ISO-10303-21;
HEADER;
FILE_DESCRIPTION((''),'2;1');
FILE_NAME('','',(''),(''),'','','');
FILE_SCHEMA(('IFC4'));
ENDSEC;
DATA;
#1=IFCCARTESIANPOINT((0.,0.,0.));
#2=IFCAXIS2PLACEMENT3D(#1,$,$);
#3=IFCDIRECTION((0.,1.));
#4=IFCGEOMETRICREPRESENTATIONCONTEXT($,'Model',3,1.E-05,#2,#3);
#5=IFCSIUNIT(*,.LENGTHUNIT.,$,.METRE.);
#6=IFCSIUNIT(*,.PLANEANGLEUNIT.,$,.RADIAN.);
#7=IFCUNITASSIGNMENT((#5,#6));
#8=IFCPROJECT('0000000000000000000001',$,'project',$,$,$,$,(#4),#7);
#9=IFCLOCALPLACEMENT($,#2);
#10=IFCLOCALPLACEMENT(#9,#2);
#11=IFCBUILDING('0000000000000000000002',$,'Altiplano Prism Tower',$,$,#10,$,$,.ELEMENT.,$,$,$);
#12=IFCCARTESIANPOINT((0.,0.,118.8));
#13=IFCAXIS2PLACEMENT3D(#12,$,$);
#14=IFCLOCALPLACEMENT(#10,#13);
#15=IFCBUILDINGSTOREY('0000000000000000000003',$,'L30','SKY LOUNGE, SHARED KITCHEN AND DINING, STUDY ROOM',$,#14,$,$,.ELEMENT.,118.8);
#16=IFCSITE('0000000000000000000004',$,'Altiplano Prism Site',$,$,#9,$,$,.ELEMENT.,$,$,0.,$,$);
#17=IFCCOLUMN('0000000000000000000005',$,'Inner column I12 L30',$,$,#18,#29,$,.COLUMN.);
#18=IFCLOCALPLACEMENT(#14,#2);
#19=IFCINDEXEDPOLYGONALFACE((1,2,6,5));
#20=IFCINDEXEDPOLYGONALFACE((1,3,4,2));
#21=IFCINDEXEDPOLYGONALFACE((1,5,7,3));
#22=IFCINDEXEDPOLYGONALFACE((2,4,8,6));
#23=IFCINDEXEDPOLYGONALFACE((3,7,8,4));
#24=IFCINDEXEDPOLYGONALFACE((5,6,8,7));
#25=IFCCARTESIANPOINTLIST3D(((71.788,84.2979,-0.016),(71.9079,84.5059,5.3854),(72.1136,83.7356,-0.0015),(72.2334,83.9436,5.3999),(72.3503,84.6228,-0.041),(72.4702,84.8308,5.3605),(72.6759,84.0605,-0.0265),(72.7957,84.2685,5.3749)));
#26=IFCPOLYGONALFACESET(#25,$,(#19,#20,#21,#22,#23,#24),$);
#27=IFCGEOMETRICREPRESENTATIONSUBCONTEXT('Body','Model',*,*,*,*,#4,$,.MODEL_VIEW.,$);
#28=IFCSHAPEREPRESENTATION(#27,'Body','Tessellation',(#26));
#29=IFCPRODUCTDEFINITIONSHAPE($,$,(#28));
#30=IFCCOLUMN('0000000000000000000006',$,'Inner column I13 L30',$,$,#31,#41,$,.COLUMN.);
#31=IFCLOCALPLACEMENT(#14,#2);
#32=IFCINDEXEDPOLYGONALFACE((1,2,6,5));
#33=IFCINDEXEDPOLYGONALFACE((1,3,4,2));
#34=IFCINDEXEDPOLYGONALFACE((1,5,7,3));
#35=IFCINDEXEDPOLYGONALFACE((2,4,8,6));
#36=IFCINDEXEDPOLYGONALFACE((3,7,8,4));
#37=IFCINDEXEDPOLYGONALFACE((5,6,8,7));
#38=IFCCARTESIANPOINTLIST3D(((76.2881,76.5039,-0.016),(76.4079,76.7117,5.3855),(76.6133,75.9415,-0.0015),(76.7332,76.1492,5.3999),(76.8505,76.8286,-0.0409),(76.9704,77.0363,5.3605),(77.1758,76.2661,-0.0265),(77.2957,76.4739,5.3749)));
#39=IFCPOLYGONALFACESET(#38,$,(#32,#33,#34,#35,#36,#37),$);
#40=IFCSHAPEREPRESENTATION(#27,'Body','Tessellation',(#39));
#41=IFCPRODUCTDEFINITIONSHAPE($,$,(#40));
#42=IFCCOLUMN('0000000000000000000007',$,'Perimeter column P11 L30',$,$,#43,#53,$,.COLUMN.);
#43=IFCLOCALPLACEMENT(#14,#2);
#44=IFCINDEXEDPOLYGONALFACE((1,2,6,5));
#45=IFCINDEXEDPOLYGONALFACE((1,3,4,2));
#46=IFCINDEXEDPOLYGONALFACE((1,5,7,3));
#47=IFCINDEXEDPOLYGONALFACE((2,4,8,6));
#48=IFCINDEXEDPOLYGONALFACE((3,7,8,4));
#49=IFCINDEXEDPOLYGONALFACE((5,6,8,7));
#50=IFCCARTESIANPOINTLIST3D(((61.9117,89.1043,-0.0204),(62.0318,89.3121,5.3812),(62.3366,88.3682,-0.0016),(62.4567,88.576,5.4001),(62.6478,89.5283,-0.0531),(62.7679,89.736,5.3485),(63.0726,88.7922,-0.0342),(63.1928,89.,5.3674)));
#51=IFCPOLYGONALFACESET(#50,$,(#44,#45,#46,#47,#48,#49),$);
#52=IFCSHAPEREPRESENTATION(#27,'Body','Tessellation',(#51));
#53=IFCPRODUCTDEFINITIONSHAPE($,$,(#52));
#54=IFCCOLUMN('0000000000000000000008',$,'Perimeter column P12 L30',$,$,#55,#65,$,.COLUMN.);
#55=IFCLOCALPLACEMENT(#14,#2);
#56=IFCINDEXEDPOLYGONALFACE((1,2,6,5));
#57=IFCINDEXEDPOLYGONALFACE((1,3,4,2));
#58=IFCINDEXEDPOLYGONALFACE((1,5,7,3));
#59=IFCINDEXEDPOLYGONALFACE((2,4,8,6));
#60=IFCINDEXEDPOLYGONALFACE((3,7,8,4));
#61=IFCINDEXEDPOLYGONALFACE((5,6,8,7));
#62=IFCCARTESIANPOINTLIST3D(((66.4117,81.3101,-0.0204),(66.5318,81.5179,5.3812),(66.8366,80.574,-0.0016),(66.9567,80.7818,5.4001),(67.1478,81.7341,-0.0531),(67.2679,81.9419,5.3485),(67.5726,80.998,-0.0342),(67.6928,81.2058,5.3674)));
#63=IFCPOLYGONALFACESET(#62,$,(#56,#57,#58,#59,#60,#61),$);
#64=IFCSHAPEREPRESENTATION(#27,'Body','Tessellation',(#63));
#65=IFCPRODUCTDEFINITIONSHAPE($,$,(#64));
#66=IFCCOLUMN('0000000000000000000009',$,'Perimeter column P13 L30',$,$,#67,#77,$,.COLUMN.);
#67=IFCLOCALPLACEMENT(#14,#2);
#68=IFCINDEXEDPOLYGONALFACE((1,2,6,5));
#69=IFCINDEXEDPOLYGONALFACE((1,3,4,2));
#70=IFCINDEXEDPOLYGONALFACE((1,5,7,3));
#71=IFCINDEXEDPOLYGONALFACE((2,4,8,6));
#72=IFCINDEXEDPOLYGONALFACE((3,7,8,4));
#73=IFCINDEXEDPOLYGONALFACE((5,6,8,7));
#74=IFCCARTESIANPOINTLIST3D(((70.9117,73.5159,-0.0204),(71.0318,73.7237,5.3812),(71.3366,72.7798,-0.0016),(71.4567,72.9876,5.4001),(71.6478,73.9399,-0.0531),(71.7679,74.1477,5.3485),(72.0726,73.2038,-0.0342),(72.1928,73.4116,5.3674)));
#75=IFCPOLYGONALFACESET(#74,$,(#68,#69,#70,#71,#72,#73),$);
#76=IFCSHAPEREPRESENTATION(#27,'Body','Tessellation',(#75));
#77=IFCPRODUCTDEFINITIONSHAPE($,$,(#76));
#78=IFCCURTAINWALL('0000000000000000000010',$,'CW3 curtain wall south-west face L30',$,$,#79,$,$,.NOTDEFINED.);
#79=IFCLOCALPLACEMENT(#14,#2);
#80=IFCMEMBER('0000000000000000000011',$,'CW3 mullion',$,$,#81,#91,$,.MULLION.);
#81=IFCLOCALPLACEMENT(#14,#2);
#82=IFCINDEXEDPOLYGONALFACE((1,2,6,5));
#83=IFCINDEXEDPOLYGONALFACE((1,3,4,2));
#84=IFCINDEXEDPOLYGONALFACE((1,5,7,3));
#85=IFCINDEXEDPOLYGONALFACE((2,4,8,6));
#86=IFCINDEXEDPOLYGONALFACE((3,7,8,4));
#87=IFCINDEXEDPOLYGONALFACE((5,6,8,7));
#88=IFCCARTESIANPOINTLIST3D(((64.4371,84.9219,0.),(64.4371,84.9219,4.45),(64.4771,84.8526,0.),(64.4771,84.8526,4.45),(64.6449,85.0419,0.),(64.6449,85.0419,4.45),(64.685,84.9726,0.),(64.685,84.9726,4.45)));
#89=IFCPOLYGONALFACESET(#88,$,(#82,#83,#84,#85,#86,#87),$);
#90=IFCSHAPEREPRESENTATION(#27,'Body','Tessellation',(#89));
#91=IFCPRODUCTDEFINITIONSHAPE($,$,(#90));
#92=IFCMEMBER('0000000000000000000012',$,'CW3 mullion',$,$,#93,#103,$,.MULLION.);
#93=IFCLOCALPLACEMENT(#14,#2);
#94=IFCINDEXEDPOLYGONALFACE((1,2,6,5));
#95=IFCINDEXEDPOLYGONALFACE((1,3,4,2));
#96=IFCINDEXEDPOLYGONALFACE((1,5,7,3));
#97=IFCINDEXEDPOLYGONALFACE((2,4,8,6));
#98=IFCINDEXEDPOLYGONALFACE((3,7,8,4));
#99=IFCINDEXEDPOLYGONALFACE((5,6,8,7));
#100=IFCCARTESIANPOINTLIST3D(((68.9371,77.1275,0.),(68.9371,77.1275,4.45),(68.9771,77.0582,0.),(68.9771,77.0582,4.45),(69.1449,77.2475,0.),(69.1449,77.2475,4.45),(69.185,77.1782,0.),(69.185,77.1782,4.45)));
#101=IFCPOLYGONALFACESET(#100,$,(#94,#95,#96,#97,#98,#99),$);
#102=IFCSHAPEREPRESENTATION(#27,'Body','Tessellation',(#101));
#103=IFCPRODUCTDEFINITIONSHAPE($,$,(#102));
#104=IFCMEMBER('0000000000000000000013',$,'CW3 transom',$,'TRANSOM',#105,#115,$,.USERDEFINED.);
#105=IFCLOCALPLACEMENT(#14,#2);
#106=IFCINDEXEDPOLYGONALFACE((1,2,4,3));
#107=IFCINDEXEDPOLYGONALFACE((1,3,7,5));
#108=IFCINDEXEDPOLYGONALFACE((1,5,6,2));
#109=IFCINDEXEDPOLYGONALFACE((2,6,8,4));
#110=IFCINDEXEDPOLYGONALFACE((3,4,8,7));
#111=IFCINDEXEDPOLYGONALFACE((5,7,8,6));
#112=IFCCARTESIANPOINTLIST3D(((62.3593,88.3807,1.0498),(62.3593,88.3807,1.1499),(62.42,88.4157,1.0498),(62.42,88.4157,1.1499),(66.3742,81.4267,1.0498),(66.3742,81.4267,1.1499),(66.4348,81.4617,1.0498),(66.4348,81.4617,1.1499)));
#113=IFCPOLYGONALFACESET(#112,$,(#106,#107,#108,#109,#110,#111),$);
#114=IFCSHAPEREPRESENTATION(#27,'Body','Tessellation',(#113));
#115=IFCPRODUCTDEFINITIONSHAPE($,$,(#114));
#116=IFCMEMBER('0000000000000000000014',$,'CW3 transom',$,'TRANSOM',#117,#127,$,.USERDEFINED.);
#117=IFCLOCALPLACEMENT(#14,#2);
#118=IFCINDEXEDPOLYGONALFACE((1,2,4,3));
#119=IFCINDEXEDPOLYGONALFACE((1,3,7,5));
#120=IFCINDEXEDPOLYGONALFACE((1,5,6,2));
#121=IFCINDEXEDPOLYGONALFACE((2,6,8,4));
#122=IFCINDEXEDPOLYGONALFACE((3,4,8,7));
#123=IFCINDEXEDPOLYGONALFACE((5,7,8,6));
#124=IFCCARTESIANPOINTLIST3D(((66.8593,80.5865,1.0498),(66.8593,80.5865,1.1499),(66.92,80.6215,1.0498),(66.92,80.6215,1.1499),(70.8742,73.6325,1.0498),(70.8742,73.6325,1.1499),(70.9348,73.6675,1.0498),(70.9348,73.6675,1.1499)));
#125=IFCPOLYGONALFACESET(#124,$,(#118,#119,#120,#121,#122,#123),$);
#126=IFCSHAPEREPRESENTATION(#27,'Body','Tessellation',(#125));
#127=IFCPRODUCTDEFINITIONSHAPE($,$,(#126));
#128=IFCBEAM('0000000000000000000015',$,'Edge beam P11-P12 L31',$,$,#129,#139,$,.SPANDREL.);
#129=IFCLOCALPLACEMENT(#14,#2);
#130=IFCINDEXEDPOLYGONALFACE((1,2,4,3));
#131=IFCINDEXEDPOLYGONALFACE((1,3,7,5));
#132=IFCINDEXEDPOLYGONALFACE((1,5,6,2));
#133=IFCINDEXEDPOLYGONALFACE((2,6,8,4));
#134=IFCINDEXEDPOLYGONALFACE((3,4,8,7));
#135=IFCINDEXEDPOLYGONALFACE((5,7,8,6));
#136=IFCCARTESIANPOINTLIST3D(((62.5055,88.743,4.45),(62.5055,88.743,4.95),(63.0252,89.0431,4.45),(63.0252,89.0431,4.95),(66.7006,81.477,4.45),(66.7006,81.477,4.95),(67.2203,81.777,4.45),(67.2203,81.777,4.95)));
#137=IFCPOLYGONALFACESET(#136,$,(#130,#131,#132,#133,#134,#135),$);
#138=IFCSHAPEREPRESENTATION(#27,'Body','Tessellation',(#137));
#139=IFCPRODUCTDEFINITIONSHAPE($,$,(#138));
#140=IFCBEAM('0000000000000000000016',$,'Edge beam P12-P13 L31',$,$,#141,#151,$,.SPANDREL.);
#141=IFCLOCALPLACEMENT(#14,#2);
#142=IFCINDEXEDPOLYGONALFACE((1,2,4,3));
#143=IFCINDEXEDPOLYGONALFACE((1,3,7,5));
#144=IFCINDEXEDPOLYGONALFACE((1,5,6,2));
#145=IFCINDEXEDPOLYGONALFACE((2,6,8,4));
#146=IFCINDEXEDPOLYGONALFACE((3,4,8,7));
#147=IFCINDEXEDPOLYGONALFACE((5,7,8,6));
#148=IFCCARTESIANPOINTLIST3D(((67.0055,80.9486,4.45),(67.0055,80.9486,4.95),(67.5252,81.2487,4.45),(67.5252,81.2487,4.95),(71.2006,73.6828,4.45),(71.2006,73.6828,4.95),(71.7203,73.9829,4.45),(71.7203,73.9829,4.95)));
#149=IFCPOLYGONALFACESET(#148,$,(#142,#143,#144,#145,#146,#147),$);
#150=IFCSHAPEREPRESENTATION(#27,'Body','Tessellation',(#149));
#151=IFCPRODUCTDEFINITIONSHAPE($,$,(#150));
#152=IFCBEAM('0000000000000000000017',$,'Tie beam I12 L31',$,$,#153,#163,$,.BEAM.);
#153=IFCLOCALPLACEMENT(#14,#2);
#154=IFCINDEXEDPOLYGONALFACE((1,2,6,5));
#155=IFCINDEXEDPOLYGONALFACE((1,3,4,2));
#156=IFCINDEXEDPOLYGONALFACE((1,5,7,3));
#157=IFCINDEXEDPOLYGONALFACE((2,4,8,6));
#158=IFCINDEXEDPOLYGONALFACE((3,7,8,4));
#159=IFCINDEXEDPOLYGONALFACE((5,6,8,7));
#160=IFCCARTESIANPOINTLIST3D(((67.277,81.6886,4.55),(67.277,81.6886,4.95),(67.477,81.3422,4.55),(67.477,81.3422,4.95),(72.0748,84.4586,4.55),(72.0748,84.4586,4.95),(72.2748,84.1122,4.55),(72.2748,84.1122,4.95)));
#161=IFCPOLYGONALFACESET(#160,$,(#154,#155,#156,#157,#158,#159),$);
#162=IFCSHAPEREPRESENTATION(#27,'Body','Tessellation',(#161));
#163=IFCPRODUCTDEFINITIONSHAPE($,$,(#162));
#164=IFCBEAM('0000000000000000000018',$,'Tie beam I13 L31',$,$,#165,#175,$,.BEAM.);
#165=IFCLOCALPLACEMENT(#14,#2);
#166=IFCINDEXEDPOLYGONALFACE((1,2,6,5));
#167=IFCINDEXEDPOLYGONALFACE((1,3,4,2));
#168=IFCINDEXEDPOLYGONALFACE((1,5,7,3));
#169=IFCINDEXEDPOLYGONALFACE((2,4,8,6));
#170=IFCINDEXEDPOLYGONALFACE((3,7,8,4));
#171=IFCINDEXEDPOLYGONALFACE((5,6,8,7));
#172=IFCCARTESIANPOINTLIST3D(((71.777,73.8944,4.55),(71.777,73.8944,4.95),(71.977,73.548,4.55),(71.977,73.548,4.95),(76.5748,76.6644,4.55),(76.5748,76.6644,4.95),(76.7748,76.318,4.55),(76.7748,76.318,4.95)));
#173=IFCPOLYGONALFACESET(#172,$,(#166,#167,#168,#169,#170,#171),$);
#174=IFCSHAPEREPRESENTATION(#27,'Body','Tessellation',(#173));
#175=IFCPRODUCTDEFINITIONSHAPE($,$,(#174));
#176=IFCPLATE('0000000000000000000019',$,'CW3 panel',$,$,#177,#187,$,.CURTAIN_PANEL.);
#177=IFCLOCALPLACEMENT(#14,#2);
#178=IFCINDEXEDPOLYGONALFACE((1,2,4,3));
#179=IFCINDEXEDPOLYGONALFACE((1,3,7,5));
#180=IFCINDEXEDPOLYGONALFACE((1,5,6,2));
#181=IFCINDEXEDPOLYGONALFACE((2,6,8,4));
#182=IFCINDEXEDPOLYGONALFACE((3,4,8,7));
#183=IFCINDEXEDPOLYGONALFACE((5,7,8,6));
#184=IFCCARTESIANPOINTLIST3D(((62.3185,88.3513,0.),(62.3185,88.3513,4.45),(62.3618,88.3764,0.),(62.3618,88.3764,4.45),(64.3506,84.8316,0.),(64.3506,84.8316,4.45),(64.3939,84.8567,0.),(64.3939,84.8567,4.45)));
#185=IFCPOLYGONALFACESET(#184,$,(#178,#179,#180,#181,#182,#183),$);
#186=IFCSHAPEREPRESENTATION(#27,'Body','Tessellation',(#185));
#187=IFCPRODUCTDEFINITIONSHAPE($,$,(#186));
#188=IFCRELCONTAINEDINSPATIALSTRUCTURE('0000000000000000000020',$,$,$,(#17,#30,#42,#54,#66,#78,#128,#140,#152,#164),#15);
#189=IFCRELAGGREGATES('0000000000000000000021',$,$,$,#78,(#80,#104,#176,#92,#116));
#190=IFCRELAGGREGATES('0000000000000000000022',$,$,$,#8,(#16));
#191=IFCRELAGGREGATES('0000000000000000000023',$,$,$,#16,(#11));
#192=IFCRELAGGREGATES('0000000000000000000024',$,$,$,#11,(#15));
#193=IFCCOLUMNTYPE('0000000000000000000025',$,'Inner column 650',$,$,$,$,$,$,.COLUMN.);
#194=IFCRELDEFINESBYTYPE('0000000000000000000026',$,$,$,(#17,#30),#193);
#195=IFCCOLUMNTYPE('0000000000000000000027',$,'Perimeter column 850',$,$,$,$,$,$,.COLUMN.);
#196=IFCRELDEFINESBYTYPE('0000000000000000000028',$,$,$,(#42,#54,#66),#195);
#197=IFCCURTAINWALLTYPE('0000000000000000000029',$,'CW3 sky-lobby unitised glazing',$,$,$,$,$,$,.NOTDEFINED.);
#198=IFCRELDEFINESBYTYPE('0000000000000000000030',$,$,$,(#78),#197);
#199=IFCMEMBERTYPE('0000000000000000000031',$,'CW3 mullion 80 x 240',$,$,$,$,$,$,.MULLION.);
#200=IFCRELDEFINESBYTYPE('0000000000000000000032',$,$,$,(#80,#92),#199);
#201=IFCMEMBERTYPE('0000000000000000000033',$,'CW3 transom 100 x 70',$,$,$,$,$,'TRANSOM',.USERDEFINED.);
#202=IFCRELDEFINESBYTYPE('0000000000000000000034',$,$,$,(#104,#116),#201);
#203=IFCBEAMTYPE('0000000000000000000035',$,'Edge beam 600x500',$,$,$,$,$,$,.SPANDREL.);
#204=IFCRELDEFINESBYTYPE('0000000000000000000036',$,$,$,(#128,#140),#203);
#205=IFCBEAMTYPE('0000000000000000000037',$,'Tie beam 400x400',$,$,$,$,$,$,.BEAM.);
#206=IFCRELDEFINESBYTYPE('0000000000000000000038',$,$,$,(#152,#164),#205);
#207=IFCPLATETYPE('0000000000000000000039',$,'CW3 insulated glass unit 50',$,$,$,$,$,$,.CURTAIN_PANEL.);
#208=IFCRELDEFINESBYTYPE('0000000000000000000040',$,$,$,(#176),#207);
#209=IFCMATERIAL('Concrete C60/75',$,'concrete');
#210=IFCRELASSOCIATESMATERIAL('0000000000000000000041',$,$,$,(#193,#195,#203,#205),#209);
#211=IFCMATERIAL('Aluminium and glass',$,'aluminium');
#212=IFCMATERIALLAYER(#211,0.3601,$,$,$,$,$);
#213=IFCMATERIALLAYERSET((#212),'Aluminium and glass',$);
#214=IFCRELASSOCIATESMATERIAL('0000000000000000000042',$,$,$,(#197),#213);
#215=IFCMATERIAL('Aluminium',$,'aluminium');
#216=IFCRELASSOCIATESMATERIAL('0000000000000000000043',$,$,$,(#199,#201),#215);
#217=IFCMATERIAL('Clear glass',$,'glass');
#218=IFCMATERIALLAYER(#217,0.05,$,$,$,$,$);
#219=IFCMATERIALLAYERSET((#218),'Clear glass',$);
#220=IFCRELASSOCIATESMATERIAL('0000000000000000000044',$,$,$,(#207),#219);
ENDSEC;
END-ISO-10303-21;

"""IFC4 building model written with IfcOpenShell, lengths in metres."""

from ifc_helpers import new_model, si_unit, direction, frame, origin, origin_2d, place, context, subcontext, project, spatial, rectangle, extrude, material, layer, layer_set, material_profile, profile_set, type_object, element, aggregate, save


model = new_model("IFC4")

# Units and contexts
model_context = context("Model", 3, precision=1e-05, world=origin(), true_north=direction((0.0, 1.0)))
body_context = subcontext(model_context, "Body", "Model", "MODEL_VIEW")
ifc_project = project(units=[si_unit("LENGTHUNIT", "METRE"), si_unit("PLANEANGLEUNIT", "RADIAN")], contexts=[model_context])

# Site, building, storey
site_placement = place(None, origin())
site = spatial("IfcSite", under=ifc_project, at=site_placement, Name="Altiplano Prism Site", CompositionType="ELEMENT", RefElevation=0.0)
building_placement = place(site_placement, origin())
building = spatial("IfcBuilding", under=site, at=building_placement, Name="Altiplano Prism Tower", CompositionType="ELEMENT")
storey_placement = place(building_placement, frame((0.0, 0.0, 118.8)))
storey = spatial("IfcBuildingStorey", under=building, at=storey_placement, Name="L30", Description="SKY LOUNGE, SHARED KITCHEN AND DINING, STUDY ROOM", CompositionType="ELEMENT", Elevation=118.8)

# Columns
ifc_material_1 = material(Name="Concrete C60/75", Category="concrete")
ifc_material_profile_1 = material_profile(ifc_material_1, rectangle(XDim=0.6499, YDim=0.6499, at=origin_2d()), Name="Inner column 650")
ifc_profile_set_1 = profile_set([ifc_material_profile_1], Name="Concrete C60/75")
column_type_1 = type_object("IfcColumnType", Name="Inner column 650", PredefinedType="COLUMN", material=ifc_profile_set_1)
for number, where, z_axis, x_axis, name in (
    (1, (72.2319, 84.1792, -0.0212), (0.022171, 0.038472, 0.999014), (-0.8652, -0.49995, 0.038455), "Inner column I12 L30"),
    (2, (76.7319, 76.385, -0.0212), (0.022171, 0.038427, 0.999015), (-0.865455, -0.499512, 0.038421), "Inner column I13 L30"),
):
    element("IfcColumn", number, at=place(storey_placement, frame(where, z_axis=z_axis, x_axis=x_axis)), inside=storey, type_object=column_type_1, Name=name, PredefinedType="COLUMN", context=body_context, shape_type="SweptSolid", body=[
        extrude(rectangle(XDim=0.6499, YDim=0.6499, at=origin_2d()), origin(), (0.0, 0.0, 1.0), 5.4067),
    ])
ifc_material_profile_2 = material_profile(ifc_material_1, rectangle(XDim=0.8501, YDim=0.8501, at=origin_2d()), Name="Perimeter column 850")
ifc_profile_set_2 = profile_set([ifc_material_profile_2], Name="Concrete C60/75")
column_type_2 = type_object("IfcColumnType", Name="Perimeter column 850", PredefinedType="COLUMN", material=ifc_profile_set_2)
for number, where, z_axis, x_axis, name in (
    (3, (62.4922, 88.9482, -0.0273), (0.022215, 0.038425, 0.999014), (-0.865894, -0.498748, 0.038439), "Perimeter column P11 L30"),
    (4, (66.9922, 81.1541, -0.0273), (0.022215, 0.038425, 0.999014), (-0.865894, -0.498748, 0.038439), "Perimeter column P12 L30"),
    (5, (71.4922, 73.3599, -0.0273), (0.022215, 0.038425, 0.999014), (-0.865894, -0.498748, 0.038439), "Perimeter column P13 L30"),
):
    element("IfcColumn", number, at=place(storey_placement, frame(where, z_axis=z_axis, x_axis=x_axis)), inside=storey, type_object=column_type_2, Name=name, PredefinedType="COLUMN", context=body_context, shape_type="SweptSolid", body=[
        extrude(rectangle(XDim=0.8501, YDim=0.8501, at=origin_2d()), origin(), (0.0, 0.0, 1.0), 5.407),
    ])

# Curtain wall, members
ifc_material_2 = material(Name="Aluminium and glass", Category="aluminium")
ifc_layer_1 = layer(ifc_material_2, 0.3601)
ifc_layer_set_1 = layer_set([ifc_layer_1], Name="Aluminium and glass")
curtain_wall_type = type_object("IfcCurtainWallType", Name="CW3 sky-lobby unitised glazing", PredefinedType="NOTDEFINED", material=ifc_layer_set_1)
curtain_wall_placement = place(storey_placement, origin())
curtain_wall = element("IfcCurtainWall", 6, at=curtain_wall_placement, inside=storey, type_object=curtain_wall_type, Name="CW3 curtain wall south-west face L30", PredefinedType="NOTDEFINED")
ifc_material_3 = material(Name="Aluminium", Category="aluminium")
ifc_material_profile_3 = material_profile(ifc_material_3, rectangle(XDim=0.24, YDim=0.0801, at=origin_2d()), Name="CW3 mullion 80 x 240")
ifc_profile_set_3 = profile_set([ifc_material_profile_3], Name="Aluminium")
member_type_1 = type_object("IfcMemberType", Name="CW3 mullion 80 x 240", PredefinedType="MULLION", material=ifc_profile_set_3)
member_1_placement = place(storey_placement, frame((64.561, 84.9473, 0.0), z_axis=(0.0, 0.0, 1.0), x_axis=(0.866025, 0.5, 0.0)))
member_1 = element("IfcMember", 7, at=member_1_placement, type_object=member_type_1, Name="CW3 mullion", PredefinedType="MULLION", context=body_context, shape_type="SweptSolid", body=[
    extrude(rectangle(XDim=0.24, YDim=0.0801, at=origin_2d()), origin(), (0.0, 0.0, 1.0), 4.45),
])
member_2_placement = place(storey_placement, frame((69.061, 77.1528, 0.0), z_axis=(0.0, 0.0, 1.0), x_axis=(0.866025, 0.5, 0.0)))
member_2 = element("IfcMember", 8, at=member_2_placement, type_object=member_type_1, Name="CW3 mullion", PredefinedType="MULLION", context=body_context, shape_type="SweptSolid", body=[
    extrude(rectangle(XDim=0.24, YDim=0.0801, at=origin_2d()), origin(), (0.0, 0.0, 1.0), 4.45),
])
ifc_material_profile_4 = material_profile(ifc_material_3, rectangle(XDim=0.0701, YDim=0.1001, at=origin_2d()), Name="CW3 transom 100 x 70")
ifc_profile_set_4 = profile_set([ifc_material_profile_4], Name="Aluminium")
member_type_2 = type_object("IfcMemberType", Name="CW3 transom 100 x 70", ElementType="TRANSOM", PredefinedType="USERDEFINED", material=ifc_profile_set_4)
member_3_placement = place(storey_placement, frame((62.3896, 88.3982, 1.0999), z_axis=(0.499994, -0.866029, 0.0), x_axis=(0.866029, 0.499994, 0.0)))
member_3 = element("IfcMember", 9, at=member_3_placement, type_object=member_type_2, Name="CW3 transom", ObjectType="TRANSOM", PredefinedType="USERDEFINED", context=body_context, shape_type="SweptSolid", body=[
    extrude(rectangle(XDim=0.0701, YDim=0.1001, at=origin_2d()), origin(), (0.0, 0.0, 1.0), 8.0298),
])
member_4_placement = place(storey_placement, frame((66.8896, 80.604, 1.0999), z_axis=(0.499994, -0.866029, 0.0), x_axis=(0.866029, 0.499994, 0.0)))
member_4 = element("IfcMember", 10, at=member_4_placement, type_object=member_type_2, Name="CW3 transom", ObjectType="TRANSOM", PredefinedType="USERDEFINED", context=body_context, shape_type="SweptSolid", body=[
    extrude(rectangle(XDim=0.0701, YDim=0.1001, at=origin_2d()), origin(), (0.0, 0.0, 1.0), 8.0298),
])

# Beams
ifc_material_profile_5 = material_profile(ifc_material_1, rectangle(XDim=0.6001, YDim=0.5, at=origin_2d()), Name="Edge beam 600x500")
ifc_profile_set_5 = profile_set([ifc_material_profile_5], Name="Concrete C60/75")
beam_type_1 = type_object("IfcBeamType", Name="Edge beam 600x500", PredefinedType="SPANDREL", material=ifc_profile_set_5)
beam_1_placement = place(storey_placement, frame((62.7654, 88.8931, 4.7), z_axis=(0.499998, -0.866027, 0.0), x_axis=(0.866027, 0.499998, 0.0)))
element("IfcBeam", 11, at=beam_1_placement, inside=storey, type_object=beam_type_1, Name="Edge beam P11-P12 L31", PredefinedType="SPANDREL", context=body_context, shape_type="SweptSolid", body=[
    extrude(rectangle(XDim=0.6001, YDim=0.5, at=origin_2d()), origin(), (0.0, 0.0, 1.0), 8.3901),
])
beam_2_placement = place(storey_placement, frame((67.2654, 81.0986, 4.7), z_axis=(0.50001, -0.866019, 0.0), x_axis=(0.866019, 0.50001, 0.0)))
element("IfcBeam", 12, at=beam_2_placement, inside=storey, type_object=beam_type_1, Name="Edge beam P12-P13 L31", PredefinedType="SPANDREL", context=body_context, shape_type="SweptSolid", body=[
    extrude(rectangle(XDim=0.6001, YDim=0.5, at=origin_2d()), origin(), (0.0, 0.0, 1.0), 8.3899),
])
ifc_material_profile_6 = material_profile(ifc_material_1, rectangle(XDim=0.3999, YDim=0.3999, at=origin_2d()), Name="Tie beam 400x400")
ifc_profile_set_6 = profile_set([ifc_material_profile_6], Name="Concrete C60/75")
beam_type_2 = type_object("IfcBeamType", Name="Tie beam 400x400", PredefinedType="BEAM", material=ifc_profile_set_6)
for number, where, z_axis, x_axis, name in (
    (13, (72.1748, 84.2854, 4.75), (-0.866027, -0.499997, 0.0), (0.499997, -0.866027, 0.0), "Tie beam I12 L31"),
    (14, (76.6748, 76.4912, 4.75), (-0.866027, -0.499997, 0.0), (0.499997, -0.866027, 0.0), "Tie beam I13 L31"),
):
    element("IfcBeam", number, at=place(storey_placement, frame(where, z_axis=z_axis, x_axis=x_axis)), inside=storey, type_object=beam_type_2, Name=name, PredefinedType="BEAM", context=body_context, shape_type="SweptSolid", body=[
        extrude(rectangle(XDim=0.3999, YDim=0.3999, at=origin_2d()), origin(), (0.0, 0.0, 1.0), 5.54),
    ])

# Plate
ifc_material_4 = material(Name="Clear glass", Category="glass")
ifc_layer_2 = layer(ifc_material_4, 0.05)
ifc_layer_set_2 = layer_set([ifc_layer_2], Name="Clear glass")
plate_type = type_object("IfcPlateType", Name="CW3 insulated glass unit 50", PredefinedType="CURTAIN_PANEL", material=ifc_layer_set_2)
plate_1_placement = place(storey_placement, frame((63.3562, 86.604, 0.0), z_axis=(0.0, 0.0, 1.0), x_axis=(0.5, -0.866025, 0.0)))
plate_1 = element("IfcPlate", 15, at=plate_1_placement, type_object=plate_type, Name="CW3 panel", PredefinedType="CURTAIN_PANEL", context=body_context, shape_type="SweptSolid", body=[
    extrude(rectangle(XDim=4.0642, YDim=0.05, at=origin_2d()), origin(), (0.0, 0.0, 1.0), 4.45),
])
aggregate(curtain_wall, [member_1, member_3, plate_1, member_2, member_4])

save(model, "model.ifc")
